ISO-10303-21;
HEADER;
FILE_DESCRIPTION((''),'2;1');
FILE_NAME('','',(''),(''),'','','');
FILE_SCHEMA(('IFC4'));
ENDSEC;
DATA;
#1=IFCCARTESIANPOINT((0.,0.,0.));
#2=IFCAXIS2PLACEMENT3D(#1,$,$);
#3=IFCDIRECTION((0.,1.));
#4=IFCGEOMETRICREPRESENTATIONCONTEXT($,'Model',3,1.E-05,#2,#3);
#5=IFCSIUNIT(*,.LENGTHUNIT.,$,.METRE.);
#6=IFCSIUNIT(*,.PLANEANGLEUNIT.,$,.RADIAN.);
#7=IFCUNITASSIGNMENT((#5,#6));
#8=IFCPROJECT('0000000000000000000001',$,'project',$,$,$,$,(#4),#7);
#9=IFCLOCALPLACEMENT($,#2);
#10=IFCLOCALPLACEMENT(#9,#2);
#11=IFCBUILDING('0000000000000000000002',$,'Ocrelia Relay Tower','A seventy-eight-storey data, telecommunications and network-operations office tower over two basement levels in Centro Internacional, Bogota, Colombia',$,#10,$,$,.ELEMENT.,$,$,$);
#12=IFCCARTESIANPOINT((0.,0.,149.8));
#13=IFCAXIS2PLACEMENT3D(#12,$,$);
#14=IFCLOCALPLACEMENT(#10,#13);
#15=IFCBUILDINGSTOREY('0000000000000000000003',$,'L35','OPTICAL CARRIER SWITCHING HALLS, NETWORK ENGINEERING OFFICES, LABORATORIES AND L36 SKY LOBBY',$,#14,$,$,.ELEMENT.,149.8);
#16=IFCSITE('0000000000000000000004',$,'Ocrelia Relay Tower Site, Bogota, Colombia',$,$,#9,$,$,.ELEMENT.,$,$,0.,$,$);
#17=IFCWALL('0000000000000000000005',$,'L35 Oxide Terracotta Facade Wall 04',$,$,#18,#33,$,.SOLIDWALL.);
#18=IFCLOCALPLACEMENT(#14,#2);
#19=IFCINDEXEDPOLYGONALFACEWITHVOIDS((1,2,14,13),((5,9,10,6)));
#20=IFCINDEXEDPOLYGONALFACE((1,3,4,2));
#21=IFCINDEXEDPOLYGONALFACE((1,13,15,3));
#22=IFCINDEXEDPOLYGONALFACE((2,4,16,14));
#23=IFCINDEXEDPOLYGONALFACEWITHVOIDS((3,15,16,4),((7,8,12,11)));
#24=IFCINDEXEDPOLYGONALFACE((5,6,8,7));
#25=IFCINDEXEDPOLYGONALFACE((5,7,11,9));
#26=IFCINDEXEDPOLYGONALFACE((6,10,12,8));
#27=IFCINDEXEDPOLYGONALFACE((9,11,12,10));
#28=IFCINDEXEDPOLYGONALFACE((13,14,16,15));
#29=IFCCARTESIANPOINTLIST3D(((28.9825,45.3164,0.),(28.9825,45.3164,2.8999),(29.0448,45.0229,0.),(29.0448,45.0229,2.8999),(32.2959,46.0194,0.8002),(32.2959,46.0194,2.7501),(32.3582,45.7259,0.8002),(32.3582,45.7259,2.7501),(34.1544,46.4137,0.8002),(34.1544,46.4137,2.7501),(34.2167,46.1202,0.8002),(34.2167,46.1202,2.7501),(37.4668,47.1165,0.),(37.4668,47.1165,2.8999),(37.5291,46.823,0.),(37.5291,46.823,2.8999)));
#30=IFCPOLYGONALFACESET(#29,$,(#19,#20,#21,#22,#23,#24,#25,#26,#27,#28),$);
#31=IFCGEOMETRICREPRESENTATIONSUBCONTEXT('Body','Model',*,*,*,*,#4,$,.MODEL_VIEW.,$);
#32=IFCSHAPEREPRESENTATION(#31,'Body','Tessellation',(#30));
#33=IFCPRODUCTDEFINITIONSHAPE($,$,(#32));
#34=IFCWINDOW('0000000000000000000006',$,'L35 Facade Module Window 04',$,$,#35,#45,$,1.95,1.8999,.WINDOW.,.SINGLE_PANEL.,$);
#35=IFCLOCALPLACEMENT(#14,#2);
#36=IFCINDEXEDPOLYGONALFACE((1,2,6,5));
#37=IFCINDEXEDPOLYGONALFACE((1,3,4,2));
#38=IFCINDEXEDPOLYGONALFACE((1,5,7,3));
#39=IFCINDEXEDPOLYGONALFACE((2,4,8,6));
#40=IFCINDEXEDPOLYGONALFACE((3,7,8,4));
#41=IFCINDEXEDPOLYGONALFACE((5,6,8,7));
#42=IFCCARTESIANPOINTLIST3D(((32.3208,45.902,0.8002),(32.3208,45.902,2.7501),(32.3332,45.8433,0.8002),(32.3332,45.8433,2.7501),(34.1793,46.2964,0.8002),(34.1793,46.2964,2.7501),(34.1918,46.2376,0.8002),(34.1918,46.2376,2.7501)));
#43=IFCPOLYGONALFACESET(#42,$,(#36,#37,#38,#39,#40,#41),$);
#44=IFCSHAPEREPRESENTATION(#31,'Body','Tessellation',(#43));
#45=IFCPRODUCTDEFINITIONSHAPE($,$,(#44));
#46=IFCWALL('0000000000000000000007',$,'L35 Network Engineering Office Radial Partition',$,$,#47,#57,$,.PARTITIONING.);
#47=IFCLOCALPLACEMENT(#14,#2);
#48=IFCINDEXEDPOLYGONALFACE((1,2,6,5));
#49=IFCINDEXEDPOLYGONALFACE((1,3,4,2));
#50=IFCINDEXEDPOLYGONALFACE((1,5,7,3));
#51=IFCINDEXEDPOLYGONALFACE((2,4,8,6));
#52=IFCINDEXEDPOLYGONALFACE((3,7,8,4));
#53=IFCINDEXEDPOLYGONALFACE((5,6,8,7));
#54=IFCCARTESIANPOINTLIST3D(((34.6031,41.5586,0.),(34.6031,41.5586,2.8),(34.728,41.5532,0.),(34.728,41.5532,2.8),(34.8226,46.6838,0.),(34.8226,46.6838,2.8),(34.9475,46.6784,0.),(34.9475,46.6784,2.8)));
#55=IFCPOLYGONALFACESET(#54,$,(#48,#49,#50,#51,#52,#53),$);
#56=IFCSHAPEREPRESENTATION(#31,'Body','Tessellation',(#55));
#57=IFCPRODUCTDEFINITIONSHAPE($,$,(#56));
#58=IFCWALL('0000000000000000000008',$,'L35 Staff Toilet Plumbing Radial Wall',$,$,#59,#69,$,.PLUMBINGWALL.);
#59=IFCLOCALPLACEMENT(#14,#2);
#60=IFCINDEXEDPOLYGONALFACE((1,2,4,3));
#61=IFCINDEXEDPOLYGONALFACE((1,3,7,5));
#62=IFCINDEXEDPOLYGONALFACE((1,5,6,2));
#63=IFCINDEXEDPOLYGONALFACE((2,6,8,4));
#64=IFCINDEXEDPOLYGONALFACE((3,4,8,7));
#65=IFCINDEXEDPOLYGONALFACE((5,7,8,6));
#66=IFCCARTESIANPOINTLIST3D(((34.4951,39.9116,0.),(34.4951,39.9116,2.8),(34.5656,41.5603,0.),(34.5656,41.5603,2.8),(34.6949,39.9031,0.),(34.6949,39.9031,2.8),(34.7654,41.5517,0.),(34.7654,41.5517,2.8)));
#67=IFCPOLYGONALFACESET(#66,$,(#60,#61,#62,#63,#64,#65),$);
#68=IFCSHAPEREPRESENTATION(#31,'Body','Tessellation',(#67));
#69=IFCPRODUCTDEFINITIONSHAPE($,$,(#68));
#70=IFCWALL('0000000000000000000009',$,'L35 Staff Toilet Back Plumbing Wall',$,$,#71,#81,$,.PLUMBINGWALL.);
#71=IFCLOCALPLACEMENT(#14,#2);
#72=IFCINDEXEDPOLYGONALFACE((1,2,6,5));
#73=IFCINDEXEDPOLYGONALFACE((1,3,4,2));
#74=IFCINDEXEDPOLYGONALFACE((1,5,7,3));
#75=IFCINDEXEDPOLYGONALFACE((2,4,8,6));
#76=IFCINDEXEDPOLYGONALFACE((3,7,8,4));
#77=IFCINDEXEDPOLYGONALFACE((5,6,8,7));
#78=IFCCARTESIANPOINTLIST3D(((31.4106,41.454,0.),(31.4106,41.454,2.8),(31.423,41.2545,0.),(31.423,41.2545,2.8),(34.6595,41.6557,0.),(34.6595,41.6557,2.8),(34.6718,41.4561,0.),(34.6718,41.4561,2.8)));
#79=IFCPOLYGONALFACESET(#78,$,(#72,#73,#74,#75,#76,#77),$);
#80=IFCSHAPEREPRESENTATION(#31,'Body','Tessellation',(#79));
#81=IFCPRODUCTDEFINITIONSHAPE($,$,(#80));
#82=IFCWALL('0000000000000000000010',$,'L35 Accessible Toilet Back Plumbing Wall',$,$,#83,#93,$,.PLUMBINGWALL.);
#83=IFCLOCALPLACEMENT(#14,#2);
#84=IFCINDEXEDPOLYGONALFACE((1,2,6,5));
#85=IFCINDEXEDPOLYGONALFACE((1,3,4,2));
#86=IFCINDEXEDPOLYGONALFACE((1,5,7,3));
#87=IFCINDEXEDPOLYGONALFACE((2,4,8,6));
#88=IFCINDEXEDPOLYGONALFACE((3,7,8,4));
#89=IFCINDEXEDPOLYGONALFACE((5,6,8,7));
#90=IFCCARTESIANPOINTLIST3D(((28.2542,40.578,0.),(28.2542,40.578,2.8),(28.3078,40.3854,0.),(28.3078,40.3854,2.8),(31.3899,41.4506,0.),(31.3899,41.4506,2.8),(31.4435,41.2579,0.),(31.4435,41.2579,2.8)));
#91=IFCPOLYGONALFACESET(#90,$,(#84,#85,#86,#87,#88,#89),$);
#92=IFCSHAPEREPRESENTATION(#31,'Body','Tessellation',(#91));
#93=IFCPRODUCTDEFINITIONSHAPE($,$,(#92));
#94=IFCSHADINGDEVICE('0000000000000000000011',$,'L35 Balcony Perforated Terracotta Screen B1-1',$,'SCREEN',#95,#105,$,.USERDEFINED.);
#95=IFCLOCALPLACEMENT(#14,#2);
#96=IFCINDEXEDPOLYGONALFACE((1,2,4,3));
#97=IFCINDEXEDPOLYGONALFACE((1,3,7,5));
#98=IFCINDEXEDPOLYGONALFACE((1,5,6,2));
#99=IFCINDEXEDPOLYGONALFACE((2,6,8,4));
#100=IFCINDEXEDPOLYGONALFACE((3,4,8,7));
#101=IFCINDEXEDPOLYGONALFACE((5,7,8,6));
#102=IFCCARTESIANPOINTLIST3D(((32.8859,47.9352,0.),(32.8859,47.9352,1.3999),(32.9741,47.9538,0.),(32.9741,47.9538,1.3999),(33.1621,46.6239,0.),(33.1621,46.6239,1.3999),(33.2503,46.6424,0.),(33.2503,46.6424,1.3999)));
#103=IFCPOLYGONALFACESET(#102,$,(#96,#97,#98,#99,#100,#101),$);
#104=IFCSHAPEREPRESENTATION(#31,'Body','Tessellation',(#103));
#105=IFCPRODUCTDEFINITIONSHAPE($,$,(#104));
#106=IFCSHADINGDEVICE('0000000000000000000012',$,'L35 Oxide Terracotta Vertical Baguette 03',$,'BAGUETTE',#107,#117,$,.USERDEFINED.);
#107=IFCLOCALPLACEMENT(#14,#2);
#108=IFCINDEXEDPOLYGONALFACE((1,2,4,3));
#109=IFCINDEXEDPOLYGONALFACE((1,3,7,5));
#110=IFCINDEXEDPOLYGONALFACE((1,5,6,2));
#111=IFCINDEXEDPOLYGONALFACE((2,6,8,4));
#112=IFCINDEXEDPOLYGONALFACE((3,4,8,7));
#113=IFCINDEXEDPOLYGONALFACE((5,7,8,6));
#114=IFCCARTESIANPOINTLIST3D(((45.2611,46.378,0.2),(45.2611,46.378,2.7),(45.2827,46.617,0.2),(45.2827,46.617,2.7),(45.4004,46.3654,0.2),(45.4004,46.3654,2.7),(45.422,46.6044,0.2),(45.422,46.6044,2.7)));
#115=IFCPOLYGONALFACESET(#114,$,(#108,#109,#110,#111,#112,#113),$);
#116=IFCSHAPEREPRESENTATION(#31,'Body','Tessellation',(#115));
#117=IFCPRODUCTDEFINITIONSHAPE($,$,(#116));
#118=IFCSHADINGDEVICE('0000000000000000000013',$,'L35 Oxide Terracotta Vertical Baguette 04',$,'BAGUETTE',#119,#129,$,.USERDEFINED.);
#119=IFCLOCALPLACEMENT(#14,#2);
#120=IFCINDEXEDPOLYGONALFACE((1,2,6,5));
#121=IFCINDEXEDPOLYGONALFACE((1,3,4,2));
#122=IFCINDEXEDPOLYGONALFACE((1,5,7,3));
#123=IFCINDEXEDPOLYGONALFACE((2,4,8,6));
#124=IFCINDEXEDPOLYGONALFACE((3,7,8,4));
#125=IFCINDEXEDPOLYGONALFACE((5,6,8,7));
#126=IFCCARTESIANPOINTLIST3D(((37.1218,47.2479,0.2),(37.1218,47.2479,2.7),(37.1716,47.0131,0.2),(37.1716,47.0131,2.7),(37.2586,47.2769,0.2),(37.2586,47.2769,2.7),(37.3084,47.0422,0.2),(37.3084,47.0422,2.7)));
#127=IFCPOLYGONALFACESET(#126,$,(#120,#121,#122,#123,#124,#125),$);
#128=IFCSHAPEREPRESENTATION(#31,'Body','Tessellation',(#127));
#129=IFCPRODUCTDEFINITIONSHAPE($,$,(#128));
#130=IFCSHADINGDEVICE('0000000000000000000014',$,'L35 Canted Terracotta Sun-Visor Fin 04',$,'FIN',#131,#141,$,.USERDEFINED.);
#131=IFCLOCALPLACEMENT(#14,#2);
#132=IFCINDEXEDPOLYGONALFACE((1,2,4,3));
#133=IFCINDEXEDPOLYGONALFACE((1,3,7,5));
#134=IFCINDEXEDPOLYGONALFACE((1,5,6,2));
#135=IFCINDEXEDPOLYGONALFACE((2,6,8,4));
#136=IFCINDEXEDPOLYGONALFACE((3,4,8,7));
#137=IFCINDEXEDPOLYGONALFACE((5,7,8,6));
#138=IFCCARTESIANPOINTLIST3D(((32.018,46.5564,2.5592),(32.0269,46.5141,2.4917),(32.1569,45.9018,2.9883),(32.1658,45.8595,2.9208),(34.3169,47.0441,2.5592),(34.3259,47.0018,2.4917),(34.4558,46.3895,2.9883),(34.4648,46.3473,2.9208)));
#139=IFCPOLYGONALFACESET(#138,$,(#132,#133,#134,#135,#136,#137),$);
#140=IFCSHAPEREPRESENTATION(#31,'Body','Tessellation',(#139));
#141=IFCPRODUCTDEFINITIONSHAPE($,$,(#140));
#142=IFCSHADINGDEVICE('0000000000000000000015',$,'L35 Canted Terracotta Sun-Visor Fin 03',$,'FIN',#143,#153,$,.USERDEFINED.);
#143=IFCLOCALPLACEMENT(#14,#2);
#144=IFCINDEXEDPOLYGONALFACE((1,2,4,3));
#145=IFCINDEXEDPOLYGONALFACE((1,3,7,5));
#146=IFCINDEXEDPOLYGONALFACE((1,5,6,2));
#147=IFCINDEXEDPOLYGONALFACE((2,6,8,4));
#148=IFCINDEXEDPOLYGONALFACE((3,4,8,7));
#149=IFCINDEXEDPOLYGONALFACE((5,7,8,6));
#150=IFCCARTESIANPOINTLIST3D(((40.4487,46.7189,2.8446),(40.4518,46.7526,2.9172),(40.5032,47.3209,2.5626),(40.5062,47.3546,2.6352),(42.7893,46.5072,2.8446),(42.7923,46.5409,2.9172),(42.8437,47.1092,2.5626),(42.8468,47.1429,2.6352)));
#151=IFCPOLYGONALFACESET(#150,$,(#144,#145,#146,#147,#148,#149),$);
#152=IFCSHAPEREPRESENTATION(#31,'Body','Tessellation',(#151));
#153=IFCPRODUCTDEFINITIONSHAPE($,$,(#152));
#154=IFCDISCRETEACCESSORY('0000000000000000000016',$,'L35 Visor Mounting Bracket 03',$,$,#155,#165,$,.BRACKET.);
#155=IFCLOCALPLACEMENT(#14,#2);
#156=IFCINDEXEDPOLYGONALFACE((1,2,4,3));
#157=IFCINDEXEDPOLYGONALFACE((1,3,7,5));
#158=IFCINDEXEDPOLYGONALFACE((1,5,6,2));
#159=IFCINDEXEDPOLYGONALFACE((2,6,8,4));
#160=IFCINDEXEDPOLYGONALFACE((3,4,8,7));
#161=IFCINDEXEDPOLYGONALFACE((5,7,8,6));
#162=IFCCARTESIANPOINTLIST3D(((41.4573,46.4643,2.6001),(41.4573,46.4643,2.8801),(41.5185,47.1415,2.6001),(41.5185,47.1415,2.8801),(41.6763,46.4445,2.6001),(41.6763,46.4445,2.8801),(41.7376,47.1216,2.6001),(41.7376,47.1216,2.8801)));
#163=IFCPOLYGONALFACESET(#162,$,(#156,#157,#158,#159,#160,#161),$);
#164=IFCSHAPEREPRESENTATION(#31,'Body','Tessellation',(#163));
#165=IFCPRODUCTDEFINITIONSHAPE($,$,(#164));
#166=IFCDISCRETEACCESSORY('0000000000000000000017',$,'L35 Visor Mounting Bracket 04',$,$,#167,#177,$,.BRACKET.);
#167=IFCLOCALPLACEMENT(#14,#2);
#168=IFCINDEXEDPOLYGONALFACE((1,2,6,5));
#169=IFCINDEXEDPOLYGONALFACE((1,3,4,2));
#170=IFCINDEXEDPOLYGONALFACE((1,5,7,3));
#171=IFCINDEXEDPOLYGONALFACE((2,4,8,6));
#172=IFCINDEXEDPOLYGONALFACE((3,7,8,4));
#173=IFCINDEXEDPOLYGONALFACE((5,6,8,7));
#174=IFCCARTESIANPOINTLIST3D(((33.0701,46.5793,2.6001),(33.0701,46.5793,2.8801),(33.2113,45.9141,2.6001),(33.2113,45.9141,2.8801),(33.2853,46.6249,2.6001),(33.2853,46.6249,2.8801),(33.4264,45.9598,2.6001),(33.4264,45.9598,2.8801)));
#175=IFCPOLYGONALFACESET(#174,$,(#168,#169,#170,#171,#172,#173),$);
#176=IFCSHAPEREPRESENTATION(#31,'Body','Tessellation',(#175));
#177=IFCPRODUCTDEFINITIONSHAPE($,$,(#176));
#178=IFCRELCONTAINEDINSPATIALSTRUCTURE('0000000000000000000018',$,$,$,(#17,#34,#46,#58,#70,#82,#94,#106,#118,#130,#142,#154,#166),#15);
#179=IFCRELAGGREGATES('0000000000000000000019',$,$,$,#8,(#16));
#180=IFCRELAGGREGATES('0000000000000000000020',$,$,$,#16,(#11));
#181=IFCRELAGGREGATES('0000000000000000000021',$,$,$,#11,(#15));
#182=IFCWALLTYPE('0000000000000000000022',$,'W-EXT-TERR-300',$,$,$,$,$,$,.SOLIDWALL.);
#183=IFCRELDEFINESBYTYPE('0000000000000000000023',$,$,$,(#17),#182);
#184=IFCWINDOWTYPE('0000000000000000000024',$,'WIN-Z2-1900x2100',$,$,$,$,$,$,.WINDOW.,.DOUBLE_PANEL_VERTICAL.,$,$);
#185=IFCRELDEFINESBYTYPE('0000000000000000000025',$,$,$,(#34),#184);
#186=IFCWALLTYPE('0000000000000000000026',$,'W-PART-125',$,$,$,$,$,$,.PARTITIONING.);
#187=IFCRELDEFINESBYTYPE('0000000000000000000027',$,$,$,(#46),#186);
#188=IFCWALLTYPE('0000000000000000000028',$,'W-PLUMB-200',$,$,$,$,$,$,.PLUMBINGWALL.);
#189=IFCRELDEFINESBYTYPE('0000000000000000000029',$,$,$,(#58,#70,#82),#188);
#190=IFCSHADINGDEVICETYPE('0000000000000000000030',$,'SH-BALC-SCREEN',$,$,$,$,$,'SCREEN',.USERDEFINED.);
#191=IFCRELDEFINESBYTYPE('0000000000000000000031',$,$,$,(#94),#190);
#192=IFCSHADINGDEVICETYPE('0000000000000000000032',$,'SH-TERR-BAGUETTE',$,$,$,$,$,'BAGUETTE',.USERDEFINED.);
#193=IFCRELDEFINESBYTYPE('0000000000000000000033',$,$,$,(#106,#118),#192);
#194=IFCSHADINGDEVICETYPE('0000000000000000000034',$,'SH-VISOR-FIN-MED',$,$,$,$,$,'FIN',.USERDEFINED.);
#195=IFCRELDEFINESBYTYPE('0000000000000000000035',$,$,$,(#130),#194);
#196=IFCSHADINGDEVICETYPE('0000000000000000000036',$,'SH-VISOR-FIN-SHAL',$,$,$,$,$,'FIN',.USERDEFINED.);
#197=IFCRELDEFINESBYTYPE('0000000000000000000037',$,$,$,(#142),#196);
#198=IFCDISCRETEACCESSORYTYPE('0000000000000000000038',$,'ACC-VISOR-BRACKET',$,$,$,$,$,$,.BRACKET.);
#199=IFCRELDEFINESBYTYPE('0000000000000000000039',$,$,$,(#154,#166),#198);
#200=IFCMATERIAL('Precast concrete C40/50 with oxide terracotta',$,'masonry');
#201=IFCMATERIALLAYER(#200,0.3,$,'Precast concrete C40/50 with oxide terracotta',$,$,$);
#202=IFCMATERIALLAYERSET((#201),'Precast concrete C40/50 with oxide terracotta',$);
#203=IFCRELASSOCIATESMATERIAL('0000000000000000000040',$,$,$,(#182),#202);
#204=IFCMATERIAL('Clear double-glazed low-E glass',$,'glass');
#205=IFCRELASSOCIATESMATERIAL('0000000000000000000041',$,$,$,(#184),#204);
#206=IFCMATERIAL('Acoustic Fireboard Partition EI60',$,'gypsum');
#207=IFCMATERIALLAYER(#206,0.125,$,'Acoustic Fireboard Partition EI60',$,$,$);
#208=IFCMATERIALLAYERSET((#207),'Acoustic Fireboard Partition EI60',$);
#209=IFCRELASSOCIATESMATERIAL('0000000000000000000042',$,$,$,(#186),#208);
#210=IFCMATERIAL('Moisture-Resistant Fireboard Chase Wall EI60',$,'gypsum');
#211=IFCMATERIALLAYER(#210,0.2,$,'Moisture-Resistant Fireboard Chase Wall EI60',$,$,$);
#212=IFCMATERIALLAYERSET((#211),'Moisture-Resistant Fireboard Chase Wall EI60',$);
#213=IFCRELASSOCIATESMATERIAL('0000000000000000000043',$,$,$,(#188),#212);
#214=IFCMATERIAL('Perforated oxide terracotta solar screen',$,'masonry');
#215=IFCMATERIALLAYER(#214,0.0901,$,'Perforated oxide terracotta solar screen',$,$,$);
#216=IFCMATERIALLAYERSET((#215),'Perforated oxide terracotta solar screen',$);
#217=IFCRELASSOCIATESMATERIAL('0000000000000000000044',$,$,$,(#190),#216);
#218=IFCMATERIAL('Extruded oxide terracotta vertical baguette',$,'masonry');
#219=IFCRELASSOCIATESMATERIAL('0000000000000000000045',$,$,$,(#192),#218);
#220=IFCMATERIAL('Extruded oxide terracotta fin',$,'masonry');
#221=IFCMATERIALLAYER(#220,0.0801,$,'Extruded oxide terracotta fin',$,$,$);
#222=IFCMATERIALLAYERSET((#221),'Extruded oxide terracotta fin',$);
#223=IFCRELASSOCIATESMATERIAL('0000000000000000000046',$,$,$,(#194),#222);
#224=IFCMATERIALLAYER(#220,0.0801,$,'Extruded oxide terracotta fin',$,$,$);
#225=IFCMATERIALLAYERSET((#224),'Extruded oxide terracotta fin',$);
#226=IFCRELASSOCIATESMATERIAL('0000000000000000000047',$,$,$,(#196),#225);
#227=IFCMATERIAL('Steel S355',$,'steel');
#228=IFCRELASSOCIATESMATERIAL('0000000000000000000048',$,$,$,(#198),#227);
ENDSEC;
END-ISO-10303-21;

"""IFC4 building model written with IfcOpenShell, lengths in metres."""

from ifc_helpers import new_model, si_unit, direction, frame, frame_2d, origin, origin_2d, place, context, subcontext, project, spatial, rectangle, extrude, material, layer, layer_set, type_object, element, fill, save


model = new_model("IFC4")

# Units and contexts
model_context = context("Model", 3, precision=1e-05, world=origin(), true_north=direction((0.0, 1.0)))
body_context = subcontext(model_context, "Body", "Model", "MODEL_VIEW")
ifc_project = project(units=[si_unit("LENGTHUNIT", "METRE"), si_unit("PLANEANGLEUNIT", "RADIAN")], contexts=[model_context])

# Site, building, storey
site_placement = place(None, origin())
site = spatial("IfcSite", under=ifc_project, at=site_placement, Name="Ocrelia Relay Tower Site, Bogota, Colombia", CompositionType="ELEMENT", RefElevation=0.0)
building_placement = place(site_placement, origin())
building = spatial("IfcBuilding", under=site, at=building_placement, Name="Ocrelia Relay Tower", Description="A seventy-eight-storey data, telecommunications and network-operations office tower over two basement levels in Centro Internacional, Bogota, Colombia", CompositionType="ELEMENT")
storey_placement = place(building_placement, frame((0.0, 0.0, 149.8)))
storey = spatial("IfcBuildingStorey", under=building, at=storey_placement, Name="L35", Description="OPTICAL CARRIER SWITCHING HALLS, NETWORK ENGINEERING OFFICES, LABORATORIES AND L36 SKY LOBBY", CompositionType="ELEMENT", Elevation=149.8)

# Shared definitions
ifc_material_1 = material(Name="Steel S355", Category="steel")

# Wall, opening, window
ifc_material_2 = material(Name="Precast concrete C40/50 with oxide terracotta", Category="masonry")
ifc_layer_1 = layer(ifc_material_2, 0.3, Name="Precast concrete C40/50 with oxide terracotta")
ifc_layer_set_1 = layer_set([ifc_layer_1], Name="Precast concrete C40/50 with oxide terracotta")
wall_type_1 = type_object("IfcWallType", Name="W-EXT-TERR-300", PredefinedType="SOLIDWALL", material=ifc_layer_set_1)
ifc_material_3 = material(Name="Clear double-glazed low-E glass", Category="glass")
window_type = type_object("IfcWindowType", Name="WIN-Z2-1900x2100", PartitioningType="DOUBLE_PANEL_VERTICAL", PredefinedType="WINDOW", material=ifc_material_3)
wall_1_placement = place(storey_placement, frame((37.4978, 46.9697, 0.0), z_axis=(0.0, 0.0, 1.0), x_axis=(-0.978225, -0.207547, 0.0)))
wall_1 = element("IfcWall", 1, at=wall_1_placement, inside=storey, type_object=wall_type_1, Name="L35 Oxide Terracotta Facade Wall 04", PredefinedType="SOLIDWALL", context=body_context, shape_type="SweptSolid", body=[
    extrude(rectangle(XDim=8.6731, YDim=0.3, at=frame_2d((4.3364, 0.0))), origin(), (0.0, 0.0, 1.0), 2.8999),
])
opening_1_placement = place(wall_1_placement, frame((3.386, 0.0, 0.8)))
opening_1 = element("IfcOpeningElement", 2, at=opening_1_placement, cuts=wall_1, PredefinedType="OPENING", context=body_context, shape_type="SweptSolid", body=[
    extrude(rectangle(XDim=1.8999, YDim=1.95, at=frame_2d((0.95, 0.9751))), frame((0.0, 0.1602, 0.0), z_axis=(0.0, -1.0, 0.0), x_axis=(1.0, 0.0, 0.0)), (0.0, 0.0, 1.0), 0.3201),
])
window_1_placement = place(opening_1_placement, origin())
window_1 = element("IfcWindow", 3, at=window_1_placement, inside=storey, type_object=window_type, Name="L35 Facade Module Window 04", OverallHeight=1.95, OverallWidth=1.8999, PartitioningType="SINGLE_PANEL", PredefinedType="WINDOW", context=body_context, shape_type="SweptSolid", body=[
    extrude(rectangle(XDim=1.8999, YDim=1.95, at=frame_2d((0.95, 0.9751))), frame((0.0, 0.03, 0.0), z_axis=(0.0, -1.0, 0.0), x_axis=(1.0, 0.0, 0.0)), (0.0, 0.0, 1.0), 0.0601),
])
fill(opening_1, window_1)

# Walls
ifc_material_4 = material(Name="Acoustic Fireboard Partition EI60", Category="gypsum")
ifc_layer_2 = layer(ifc_material_4, 0.125, Name="Acoustic Fireboard Partition EI60")
ifc_layer_set_2 = layer_set([ifc_layer_2], Name="Acoustic Fireboard Partition EI60")
wall_type_2 = type_object("IfcWallType", Name="W-PART-125", PredefinedType="PARTITIONING", material=ifc_layer_set_2)
wall_2_placement = place(storey_placement, frame((34.6655, 41.5559, 0.0), z_axis=(0.0, 0.0, 1.0), x_axis=(0.042785, 0.999084, 0.0)))
element("IfcWall", 4, at=wall_2_placement, inside=storey, type_object=wall_type_2, Name="L35 Network Engineering Office Radial Partition", PredefinedType="PARTITIONING", context=body_context, shape_type="SweptSolid", body=[
    extrude(rectangle(XDim=5.1299, YDim=0.125, at=frame_2d((2.5649, 0.0))), origin(), (0.0, 0.0, 1.0), 2.8),
])
ifc_material_5 = material(Name="Moisture-Resistant Fireboard Chase Wall EI60", Category="gypsum")
ifc_layer_3 = layer(ifc_material_5, 0.2, Name="Moisture-Resistant Fireboard Chase Wall EI60")
ifc_layer_set_3 = layer_set([ifc_layer_3], Name="Moisture-Resistant Fireboard Chase Wall EI60")
wall_type_3 = type_object("IfcWallType", Name="W-PLUMB-200", PredefinedType="PLUMBINGWALL", material=ifc_layer_set_3)
wall_3_placement = place(storey_placement, frame((34.595, 39.9072, 0.0), z_axis=(0.0, 0.0, 1.0), x_axis=(0.042757, 0.999086, 0.0)))
element("IfcWall", 5, at=wall_3_placement, inside=storey, type_object=wall_type_3, Name="L35 Staff Toilet Plumbing Radial Wall", PredefinedType="PLUMBINGWALL", context=body_context, shape_type="SweptSolid", body=[
    extrude(rectangle(XDim=1.6501, YDim=0.2, at=frame_2d((0.8252, 0.0))), origin(), (0.0, 0.0, 1.0), 2.8),
])
wall_4_placement = place(storey_placement, frame((34.6655, 41.5559, 0.0), z_axis=(0.0, 0.0, 1.0), x_axis=(-0.998079, -0.061953, 0.0)))
element("IfcWall", 6, at=wall_4_placement, inside=storey, type_object=wall_type_3, Name="L35 Staff Toilet Back Plumbing Wall", PredefinedType="PLUMBINGWALL", context=body_context, shape_type="SweptSolid", body=[
    extrude(rectangle(XDim=3.2551, YDim=0.2, at=frame_2d((1.6274, 0.0))), origin(), (0.0, 0.0, 1.0), 2.8),
])
wall_5_placement = place(storey_placement, frame((31.4167, 41.3542, 0.0), z_axis=(0.0, 0.0, 1.0), x_axis=(-0.963397, -0.268077, 0.0)))
element("IfcWall", 7, at=wall_5_placement, inside=storey, type_object=wall_type_3, Name="L35 Accessible Toilet Back Plumbing Wall", PredefinedType="PLUMBINGWALL", context=body_context, shape_type="SweptSolid", body=[
    extrude(rectangle(XDim=3.2549, YDim=0.2, at=frame_2d((1.6274, 0.0))), origin(), (0.0, 0.0, 1.0), 2.8),
])

# Shading devices
ifc_material_6 = material(Name="Perforated oxide terracotta solar screen", Category="masonry")
ifc_layer_4 = layer(ifc_material_6, 0.0901, Name="Perforated oxide terracotta solar screen")
ifc_layer_set_4 = layer_set([ifc_layer_4], Name="Perforated oxide terracotta solar screen")
shading_device_type_1 = type_object("IfcShadingDeviceType", Name="SH-BALC-SCREEN", ElementType="SCREEN", PredefinedType="USERDEFINED", material=ifc_layer_set_4)
shading_device_1_placement = place(storey_placement, frame((33.0681, 47.2888, 0.0), z_axis=(0.0, 0.0, 1.0), x_axis=(-0.206097, 0.978532, 0.0)))
element("IfcShadingDevice", 8, at=shading_device_1_placement, inside=storey, type_object=shading_device_type_1, Name="L35 Balcony Perforated Terracotta Screen B1-1", ObjectType="SCREEN", PredefinedType="USERDEFINED", context=body_context, shape_type="SweptSolid", body=[
    extrude(rectangle(XDim=1.3401, YDim=0.0901, at=origin_2d()), origin(), (0.0, 0.0, 1.0), 1.3999),
])
ifc_material_7 = material(Name="Extruded oxide terracotta vertical baguette", Category="masonry")
shading_device_type_2 = type_object("IfcShadingDeviceType", Name="SH-TERR-BAGUETTE", ElementType="BAGUETTE", PredefinedType="USERDEFINED", material=ifc_material_7)
for number, where, z_axis, x_axis, name in (
    (9, (45.3416, 46.4912, 0.2), (0.0, 0.0, 1.0), (-0.995935, 0.090079, 0.0), "L35 Oxide Terracotta Vertical Baguette 03"),
    (10, (37.2151, 47.145, 0.2), (0.0, 0.0, 1.0), (-0.978224, -0.207553, 0.0), "L35 Oxide Terracotta Vertical Baguette 04"),
):
    element("IfcShadingDevice", number, at=place(storey_placement, frame(where, z_axis=z_axis, x_axis=x_axis)), inside=storey, type_object=shading_device_type_2, Name=name, ObjectType="BAGUETTE", PredefinedType="USERDEFINED", context=body_context, shape_type="SweptSolid", body=[
        extrude(rectangle(XDim=0.1399, YDim=0.24, at=origin_2d()), origin(), (0.0, 0.0, 1.0), 2.5),
    ])
ifc_material_8 = material(Name="Extruded oxide terracotta fin", Category="masonry")
ifc_layer_5 = layer(ifc_material_8, 0.0801, Name="Extruded oxide terracotta fin")
ifc_layer_set_5 = layer_set([ifc_layer_5], Name="Extruded oxide terracotta fin")
shading_device_type_3 = type_object("IfcShadingDeviceType", Name="SH-VISOR-FIN-MED", ElementType="FIN", PredefinedType="USERDEFINED", material=ifc_layer_set_5)
shading_device_2_placement = place(storey_placement, frame((33.2458, 46.4307, 2.7063), z_axis=(-0.112037, 0.528045, 0.841794), x_axis=(-0.978224, -0.207553, 0.0)))
element("IfcShadingDevice", 11, at=shading_device_2_placement, inside=storey, type_object=shading_device_type_3, Name="L35 Canted Terracotta Sun-Visor Fin 04", ObjectType="FIN", PredefinedType="USERDEFINED", context=body_context, shape_type="SweptSolid", body=[
    extrude(rectangle(XDim=2.3501, YDim=0.7949, at=origin_2d()), origin(), (0.0, 0.0, 1.0), 0.0801),
])
ifc_layer_6 = layer(ifc_material_8, 0.0801, Name="Extruded oxide terracotta fin")
ifc_layer_set_6 = layer_set([ifc_layer_6], Name="Extruded oxide terracotta fin")
shading_device_type_4 = type_object("IfcShadingDeviceType", Name="SH-VISOR-FIN-SHAL", ElementType="FIN", PredefinedType="USERDEFINED", material=ifc_layer_set_6)
shading_device_3_placement = place(storey_placement, frame((41.6462, 46.9141, 2.7036), z_axis=(0.038083, 0.421058, 0.906234), x_axis=(-0.995935, 0.090079, 0.0)))
element("IfcShadingDevice", 12, at=shading_device_3_placement, inside=storey, type_object=shading_device_type_4, Name="L35 Canted Terracotta Sun-Visor Fin 03", ObjectType="FIN", PredefinedType="USERDEFINED", context=body_context, shape_type="SweptSolid", body=[
    extrude(rectangle(XDim=2.3501, YDim=0.667, at=origin_2d()), origin(), (0.0, 0.0, 1.0), 0.0801),
])

# Discrete accessories
discrete_accessory_type = type_object("IfcDiscreteAccessoryType", Name="ACC-VISOR-BRACKET", PredefinedType="BRACKET", material=ifc_material_1)
for number, where, z_axis, x_axis, name in (
    (13, (41.5974, 46.793, 2.6001), (0.0, 0.0, 1.0), (-0.995935, 0.090079, 0.0), "L35 Visor Mounting Bracket 03"),
    (14, (33.2483, 46.2695, 2.6001), (0.0, 0.0, 1.0), (-0.978224, -0.207553, 0.0), "L35 Visor Mounting Bracket 04"),
):
    element("IfcDiscreteAccessory", number, at=place(storey_placement, frame(where, z_axis=z_axis, x_axis=x_axis)), inside=storey, type_object=discrete_accessory_type, Name=name, PredefinedType="BRACKET", context=body_context, shape_type="SweptSolid", body=[
        extrude(rectangle(XDim=0.22, YDim=0.6799, at=origin_2d()), origin(), (0.0, 0.0, 1.0), 0.28),
    ])

save(model, "model.ifc")
